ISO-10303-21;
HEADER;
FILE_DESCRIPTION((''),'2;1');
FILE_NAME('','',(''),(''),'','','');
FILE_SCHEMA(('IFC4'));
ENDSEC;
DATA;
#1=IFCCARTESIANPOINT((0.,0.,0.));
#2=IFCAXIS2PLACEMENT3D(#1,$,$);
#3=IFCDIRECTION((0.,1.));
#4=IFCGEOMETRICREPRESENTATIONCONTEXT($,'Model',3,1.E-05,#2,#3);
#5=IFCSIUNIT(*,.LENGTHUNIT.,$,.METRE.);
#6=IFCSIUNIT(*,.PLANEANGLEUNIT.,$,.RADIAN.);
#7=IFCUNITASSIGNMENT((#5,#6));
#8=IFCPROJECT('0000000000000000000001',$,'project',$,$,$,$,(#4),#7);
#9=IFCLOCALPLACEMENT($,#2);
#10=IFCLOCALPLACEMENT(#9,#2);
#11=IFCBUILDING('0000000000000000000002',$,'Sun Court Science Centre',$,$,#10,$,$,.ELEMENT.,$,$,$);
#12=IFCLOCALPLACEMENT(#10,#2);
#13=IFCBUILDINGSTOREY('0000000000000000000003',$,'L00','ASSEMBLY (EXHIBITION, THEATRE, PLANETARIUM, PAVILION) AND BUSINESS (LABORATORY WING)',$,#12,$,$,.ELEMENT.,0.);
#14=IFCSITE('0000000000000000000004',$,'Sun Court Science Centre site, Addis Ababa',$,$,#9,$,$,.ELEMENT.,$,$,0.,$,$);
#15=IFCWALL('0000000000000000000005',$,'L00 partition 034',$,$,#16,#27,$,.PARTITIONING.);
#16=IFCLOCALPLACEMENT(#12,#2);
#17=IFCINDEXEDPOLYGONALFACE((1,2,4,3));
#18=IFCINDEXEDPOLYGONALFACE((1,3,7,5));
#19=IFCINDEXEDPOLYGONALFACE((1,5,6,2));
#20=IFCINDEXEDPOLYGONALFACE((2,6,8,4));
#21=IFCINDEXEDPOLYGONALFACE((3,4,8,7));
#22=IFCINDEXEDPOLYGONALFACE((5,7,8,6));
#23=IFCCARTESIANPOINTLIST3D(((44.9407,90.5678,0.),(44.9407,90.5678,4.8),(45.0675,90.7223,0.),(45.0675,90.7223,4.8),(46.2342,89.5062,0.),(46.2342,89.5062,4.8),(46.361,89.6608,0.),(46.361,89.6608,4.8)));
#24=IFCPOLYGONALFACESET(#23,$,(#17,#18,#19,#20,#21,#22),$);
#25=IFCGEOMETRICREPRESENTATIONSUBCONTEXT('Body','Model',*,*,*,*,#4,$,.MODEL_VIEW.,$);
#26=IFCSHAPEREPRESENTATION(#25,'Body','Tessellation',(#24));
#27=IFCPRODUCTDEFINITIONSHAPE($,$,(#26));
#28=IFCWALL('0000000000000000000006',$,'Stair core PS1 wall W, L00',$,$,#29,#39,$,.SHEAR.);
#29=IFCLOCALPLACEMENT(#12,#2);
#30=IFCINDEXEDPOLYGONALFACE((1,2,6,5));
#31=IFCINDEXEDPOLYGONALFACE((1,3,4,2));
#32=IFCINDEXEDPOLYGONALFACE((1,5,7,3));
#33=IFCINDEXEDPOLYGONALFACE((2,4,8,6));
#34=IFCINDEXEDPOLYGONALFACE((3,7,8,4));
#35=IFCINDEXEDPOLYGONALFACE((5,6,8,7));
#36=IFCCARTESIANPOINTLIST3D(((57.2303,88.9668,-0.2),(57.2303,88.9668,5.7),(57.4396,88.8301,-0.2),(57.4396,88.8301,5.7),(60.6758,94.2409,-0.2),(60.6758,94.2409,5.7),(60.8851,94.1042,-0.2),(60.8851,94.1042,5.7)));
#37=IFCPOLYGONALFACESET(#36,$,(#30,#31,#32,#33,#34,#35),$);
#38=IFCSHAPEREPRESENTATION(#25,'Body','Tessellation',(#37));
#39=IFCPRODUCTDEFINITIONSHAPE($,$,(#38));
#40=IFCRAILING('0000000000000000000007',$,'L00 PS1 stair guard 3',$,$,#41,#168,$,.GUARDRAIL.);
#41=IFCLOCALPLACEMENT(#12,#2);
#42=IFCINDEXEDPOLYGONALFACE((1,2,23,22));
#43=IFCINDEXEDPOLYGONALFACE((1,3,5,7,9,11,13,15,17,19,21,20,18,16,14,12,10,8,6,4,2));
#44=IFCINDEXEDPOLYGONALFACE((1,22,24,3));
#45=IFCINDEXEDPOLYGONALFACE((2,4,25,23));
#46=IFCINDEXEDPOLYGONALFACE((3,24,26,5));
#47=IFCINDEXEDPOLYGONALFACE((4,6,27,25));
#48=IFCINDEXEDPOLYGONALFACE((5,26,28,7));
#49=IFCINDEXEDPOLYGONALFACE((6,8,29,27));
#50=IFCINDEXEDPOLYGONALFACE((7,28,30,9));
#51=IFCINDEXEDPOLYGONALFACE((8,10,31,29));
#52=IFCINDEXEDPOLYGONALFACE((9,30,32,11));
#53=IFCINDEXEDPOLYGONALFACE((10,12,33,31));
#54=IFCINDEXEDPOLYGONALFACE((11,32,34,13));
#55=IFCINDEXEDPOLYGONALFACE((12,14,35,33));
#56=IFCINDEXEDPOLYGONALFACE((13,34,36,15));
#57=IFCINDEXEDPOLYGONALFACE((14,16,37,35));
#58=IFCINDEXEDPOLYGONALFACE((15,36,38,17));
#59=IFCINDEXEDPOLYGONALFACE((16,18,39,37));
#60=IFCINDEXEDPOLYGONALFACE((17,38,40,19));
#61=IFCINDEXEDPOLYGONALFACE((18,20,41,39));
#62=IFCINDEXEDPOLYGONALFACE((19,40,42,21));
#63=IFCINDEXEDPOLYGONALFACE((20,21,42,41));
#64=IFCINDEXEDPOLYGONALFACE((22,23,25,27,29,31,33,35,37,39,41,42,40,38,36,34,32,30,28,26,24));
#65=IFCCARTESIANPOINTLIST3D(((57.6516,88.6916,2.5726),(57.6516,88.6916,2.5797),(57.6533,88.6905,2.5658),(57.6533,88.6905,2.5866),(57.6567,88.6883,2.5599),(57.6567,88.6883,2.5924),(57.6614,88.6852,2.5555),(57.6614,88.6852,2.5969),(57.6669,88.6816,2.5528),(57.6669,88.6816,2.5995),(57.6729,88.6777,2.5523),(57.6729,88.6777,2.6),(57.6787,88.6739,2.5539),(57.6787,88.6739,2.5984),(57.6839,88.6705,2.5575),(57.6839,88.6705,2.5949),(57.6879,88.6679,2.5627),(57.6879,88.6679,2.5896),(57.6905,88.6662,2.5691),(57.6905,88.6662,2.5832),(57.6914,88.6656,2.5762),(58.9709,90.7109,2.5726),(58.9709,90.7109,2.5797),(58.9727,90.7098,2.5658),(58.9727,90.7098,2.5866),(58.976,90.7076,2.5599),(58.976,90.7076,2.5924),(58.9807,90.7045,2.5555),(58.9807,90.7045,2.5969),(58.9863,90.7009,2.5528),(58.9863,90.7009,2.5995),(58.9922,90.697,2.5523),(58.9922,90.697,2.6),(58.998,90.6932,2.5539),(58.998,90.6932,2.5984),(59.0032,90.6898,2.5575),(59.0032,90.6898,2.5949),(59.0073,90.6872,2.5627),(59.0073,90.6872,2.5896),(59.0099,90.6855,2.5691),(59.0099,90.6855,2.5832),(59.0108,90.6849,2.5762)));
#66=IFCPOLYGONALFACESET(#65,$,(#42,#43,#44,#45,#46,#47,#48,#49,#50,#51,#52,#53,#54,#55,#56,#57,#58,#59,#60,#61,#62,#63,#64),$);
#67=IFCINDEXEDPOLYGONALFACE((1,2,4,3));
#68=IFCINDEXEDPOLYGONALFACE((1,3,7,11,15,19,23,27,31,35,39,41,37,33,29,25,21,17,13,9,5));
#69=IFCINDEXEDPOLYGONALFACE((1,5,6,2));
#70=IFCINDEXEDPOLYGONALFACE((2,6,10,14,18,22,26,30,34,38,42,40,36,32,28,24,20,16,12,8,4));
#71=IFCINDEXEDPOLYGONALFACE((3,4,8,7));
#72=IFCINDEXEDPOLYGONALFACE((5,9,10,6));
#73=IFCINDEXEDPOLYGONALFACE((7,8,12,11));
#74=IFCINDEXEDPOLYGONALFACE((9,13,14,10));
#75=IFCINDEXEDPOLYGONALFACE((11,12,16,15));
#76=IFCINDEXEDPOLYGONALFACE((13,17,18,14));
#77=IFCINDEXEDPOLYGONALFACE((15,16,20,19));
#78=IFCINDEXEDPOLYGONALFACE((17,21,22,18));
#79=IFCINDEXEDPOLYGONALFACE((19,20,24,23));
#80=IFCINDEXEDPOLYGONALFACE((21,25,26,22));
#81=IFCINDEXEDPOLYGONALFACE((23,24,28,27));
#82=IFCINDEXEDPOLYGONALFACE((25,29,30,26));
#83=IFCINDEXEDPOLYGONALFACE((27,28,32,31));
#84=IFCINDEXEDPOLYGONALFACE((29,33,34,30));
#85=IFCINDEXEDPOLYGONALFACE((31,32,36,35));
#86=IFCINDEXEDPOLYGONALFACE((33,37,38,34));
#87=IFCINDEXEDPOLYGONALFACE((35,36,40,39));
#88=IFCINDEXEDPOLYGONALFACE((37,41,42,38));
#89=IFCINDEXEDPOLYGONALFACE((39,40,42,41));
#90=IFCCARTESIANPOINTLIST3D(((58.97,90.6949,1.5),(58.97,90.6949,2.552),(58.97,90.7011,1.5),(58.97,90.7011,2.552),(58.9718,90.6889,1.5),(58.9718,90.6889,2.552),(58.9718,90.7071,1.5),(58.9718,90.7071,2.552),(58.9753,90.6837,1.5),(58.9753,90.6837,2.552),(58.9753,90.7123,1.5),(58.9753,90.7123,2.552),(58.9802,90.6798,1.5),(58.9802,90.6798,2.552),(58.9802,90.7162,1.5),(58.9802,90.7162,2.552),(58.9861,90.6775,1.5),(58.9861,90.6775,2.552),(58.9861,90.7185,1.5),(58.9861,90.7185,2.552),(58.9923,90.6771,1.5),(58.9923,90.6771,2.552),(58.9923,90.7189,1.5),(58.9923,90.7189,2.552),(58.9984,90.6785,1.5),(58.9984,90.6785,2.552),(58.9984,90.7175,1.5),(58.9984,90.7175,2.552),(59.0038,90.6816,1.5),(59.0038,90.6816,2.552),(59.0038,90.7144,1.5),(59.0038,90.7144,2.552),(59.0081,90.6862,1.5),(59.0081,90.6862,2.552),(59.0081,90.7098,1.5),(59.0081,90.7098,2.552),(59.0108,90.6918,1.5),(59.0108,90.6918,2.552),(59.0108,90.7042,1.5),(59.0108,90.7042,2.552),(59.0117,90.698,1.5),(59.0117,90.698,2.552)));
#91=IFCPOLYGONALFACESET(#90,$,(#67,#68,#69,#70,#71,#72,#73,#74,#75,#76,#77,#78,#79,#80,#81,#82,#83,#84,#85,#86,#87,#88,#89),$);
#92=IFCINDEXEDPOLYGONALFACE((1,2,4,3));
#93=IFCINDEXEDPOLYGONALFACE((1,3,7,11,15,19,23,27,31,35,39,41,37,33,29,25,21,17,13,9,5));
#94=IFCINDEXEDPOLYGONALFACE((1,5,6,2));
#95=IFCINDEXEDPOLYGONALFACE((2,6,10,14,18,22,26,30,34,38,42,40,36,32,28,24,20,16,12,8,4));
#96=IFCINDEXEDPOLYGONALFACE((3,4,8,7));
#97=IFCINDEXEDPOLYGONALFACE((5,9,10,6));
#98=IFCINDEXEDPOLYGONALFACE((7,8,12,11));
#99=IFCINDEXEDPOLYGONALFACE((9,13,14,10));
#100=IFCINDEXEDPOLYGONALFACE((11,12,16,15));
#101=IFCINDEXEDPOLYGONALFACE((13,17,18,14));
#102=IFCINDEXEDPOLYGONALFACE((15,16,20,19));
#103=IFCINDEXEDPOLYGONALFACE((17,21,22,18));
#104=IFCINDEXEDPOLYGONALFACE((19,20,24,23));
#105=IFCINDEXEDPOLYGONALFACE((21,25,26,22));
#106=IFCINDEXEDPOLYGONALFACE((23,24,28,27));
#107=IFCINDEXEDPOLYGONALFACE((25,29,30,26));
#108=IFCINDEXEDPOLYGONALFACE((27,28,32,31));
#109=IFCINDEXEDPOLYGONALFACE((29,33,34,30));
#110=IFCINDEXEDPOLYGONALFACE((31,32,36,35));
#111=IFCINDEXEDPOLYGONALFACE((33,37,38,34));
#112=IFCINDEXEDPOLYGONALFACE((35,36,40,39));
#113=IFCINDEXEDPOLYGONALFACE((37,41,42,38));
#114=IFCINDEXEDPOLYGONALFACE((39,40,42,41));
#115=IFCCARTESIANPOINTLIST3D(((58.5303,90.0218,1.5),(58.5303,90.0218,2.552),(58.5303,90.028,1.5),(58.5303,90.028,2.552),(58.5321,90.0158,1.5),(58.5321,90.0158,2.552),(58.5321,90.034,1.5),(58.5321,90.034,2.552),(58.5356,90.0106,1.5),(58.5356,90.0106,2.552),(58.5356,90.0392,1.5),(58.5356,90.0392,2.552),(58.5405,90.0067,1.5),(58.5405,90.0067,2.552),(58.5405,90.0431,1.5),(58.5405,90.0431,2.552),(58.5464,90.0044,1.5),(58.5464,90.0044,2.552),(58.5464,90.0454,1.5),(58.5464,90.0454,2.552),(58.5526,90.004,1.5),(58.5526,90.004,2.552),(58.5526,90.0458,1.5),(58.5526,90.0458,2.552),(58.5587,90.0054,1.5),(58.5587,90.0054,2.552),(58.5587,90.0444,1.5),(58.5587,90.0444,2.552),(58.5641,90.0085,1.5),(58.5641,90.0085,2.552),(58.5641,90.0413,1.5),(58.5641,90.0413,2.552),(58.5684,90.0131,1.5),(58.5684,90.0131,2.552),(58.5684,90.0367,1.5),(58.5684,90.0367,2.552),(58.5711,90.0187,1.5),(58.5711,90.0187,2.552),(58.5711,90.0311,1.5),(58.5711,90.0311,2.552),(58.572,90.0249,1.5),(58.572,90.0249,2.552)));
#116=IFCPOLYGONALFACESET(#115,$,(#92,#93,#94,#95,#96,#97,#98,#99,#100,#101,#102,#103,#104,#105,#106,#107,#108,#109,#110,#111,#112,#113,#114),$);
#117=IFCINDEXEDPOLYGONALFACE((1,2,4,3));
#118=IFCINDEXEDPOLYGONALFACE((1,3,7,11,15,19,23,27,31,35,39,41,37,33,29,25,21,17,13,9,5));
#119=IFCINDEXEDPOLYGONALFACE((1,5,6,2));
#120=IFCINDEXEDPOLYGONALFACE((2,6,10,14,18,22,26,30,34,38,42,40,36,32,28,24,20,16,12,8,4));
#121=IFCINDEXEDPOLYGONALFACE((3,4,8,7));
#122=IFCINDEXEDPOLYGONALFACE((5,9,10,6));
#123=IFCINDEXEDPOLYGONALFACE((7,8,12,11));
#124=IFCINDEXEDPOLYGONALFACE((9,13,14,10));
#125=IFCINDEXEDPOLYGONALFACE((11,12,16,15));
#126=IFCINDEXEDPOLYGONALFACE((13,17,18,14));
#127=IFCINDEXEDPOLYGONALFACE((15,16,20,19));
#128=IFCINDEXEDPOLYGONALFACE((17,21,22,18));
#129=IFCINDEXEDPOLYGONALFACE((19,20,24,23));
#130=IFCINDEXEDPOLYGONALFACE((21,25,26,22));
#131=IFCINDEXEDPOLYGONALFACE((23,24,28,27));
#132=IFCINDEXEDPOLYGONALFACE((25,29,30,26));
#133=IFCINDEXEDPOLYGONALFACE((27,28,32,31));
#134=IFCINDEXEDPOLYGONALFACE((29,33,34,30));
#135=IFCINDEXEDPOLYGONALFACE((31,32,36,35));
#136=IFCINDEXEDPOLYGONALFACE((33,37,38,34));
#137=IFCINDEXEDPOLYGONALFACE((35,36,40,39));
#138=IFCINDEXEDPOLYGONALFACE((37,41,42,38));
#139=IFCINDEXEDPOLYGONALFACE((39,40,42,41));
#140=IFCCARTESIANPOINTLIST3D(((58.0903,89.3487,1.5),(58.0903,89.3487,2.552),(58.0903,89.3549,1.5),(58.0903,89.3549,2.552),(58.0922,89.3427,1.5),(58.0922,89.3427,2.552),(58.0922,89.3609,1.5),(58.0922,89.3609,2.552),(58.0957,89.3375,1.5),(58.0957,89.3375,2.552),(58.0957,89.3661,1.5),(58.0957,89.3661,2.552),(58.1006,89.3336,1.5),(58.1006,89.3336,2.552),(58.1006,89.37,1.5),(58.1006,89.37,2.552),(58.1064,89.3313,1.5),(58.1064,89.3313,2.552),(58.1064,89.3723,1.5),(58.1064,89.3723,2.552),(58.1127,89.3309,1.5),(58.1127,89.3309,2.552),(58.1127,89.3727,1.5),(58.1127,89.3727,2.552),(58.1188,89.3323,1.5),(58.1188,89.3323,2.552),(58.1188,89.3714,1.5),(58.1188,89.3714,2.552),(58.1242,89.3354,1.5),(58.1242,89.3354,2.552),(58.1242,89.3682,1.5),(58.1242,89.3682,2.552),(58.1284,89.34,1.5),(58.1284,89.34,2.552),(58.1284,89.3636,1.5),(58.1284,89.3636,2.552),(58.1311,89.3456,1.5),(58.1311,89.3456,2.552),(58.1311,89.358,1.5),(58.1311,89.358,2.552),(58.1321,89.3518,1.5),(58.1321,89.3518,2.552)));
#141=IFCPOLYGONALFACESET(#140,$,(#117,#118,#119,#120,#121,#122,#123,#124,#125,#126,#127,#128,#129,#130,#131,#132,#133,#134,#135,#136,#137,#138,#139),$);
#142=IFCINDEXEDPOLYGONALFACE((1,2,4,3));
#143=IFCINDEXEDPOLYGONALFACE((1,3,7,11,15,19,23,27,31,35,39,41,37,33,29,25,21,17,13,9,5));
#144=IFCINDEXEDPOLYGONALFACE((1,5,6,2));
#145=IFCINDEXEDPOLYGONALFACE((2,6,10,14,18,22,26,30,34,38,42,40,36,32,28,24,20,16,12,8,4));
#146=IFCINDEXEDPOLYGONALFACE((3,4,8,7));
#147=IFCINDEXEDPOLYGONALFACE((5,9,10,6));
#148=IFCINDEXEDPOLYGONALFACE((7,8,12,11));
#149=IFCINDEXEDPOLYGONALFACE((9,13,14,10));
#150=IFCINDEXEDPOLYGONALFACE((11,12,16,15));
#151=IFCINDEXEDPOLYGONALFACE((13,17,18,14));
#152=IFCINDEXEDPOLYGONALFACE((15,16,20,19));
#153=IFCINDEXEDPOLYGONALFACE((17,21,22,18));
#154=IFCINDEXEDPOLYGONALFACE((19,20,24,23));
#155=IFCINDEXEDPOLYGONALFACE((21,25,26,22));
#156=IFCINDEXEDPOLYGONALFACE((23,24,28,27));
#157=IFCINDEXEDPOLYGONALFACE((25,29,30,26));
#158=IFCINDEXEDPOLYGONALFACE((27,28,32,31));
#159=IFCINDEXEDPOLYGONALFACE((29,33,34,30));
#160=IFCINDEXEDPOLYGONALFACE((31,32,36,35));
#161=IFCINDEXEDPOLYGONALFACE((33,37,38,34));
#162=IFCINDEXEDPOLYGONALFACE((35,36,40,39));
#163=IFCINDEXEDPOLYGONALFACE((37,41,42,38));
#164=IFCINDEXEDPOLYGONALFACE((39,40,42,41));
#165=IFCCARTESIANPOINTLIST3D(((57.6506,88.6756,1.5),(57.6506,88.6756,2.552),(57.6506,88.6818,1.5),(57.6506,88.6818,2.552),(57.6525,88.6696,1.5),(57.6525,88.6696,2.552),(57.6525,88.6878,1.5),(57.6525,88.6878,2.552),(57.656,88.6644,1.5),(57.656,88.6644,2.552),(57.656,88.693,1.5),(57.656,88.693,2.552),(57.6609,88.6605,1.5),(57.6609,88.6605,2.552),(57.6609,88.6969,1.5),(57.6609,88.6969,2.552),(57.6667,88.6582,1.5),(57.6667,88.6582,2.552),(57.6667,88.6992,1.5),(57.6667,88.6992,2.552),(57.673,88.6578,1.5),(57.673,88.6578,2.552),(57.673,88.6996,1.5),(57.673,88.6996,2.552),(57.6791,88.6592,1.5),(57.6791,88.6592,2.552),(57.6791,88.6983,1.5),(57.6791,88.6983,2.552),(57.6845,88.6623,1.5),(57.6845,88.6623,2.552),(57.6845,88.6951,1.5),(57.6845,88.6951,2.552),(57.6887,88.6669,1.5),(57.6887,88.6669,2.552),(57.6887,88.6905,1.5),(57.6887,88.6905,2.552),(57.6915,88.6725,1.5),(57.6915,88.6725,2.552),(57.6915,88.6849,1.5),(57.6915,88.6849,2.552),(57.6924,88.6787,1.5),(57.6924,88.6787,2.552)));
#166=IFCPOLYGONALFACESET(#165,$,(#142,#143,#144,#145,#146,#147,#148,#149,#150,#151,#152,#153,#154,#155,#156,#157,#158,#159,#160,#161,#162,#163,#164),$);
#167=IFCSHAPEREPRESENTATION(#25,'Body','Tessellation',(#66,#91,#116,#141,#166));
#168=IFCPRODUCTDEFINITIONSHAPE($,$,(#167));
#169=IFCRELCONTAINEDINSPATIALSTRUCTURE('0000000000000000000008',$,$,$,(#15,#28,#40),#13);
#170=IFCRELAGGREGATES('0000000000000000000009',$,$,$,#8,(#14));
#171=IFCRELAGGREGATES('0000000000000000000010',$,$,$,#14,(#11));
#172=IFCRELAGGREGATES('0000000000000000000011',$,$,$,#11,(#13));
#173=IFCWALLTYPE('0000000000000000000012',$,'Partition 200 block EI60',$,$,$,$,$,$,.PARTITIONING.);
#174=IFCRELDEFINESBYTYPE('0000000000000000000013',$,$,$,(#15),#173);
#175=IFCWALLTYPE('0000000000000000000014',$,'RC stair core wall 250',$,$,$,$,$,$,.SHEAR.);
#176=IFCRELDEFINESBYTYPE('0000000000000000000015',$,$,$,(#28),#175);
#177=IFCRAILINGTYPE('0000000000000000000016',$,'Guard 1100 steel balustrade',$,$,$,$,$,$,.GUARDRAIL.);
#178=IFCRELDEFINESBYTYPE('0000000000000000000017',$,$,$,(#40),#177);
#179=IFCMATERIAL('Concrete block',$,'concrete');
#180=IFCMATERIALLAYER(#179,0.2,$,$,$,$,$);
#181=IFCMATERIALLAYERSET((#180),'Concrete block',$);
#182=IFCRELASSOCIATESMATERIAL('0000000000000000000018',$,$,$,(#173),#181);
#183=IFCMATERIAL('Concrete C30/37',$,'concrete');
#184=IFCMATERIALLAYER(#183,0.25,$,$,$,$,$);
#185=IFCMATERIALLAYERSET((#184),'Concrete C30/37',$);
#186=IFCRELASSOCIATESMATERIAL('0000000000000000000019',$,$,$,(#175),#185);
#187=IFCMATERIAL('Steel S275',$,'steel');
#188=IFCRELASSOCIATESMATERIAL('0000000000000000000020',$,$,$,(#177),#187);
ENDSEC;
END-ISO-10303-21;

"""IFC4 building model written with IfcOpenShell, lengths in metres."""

from ifc_helpers import new_model, si_unit, direction, frame, frame_2d, origin, origin_2d, place, context, subcontext, project, spatial, rectangle, circle, extrude, material, layer, layer_set, type_object, element, save


model = new_model("IFC4")

# Units and contexts
model_context = context("Model", 3, precision=1e-05, world=origin(), true_north=direction((0.0, 1.0)))
body_context = subcontext(model_context, "Body", "Model", "MODEL_VIEW")
ifc_project = project(units=[si_unit("LENGTHUNIT", "METRE"), si_unit("PLANEANGLEUNIT", "RADIAN")], contexts=[model_context])

# Site, building, storey
site_placement = place(None, origin())
site = spatial("IfcSite", under=ifc_project, at=site_placement, Name="Sun Court Science Centre site, Addis Ababa", CompositionType="ELEMENT", RefElevation=0.0)
building_placement = place(site_placement, origin())
building = spatial("IfcBuilding", under=site, at=building_placement, Name="Sun Court Science Centre", CompositionType="ELEMENT")
storey_placement = place(building_placement, origin())
storey = spatial("IfcBuildingStorey", under=building, at=storey_placement, Name="L00", Description="ASSEMBLY (EXHIBITION, THEATRE, PLANETARIUM, PAVILION) AND BUSINESS (LABORATORY WING)", CompositionType="ELEMENT", Elevation=0.0)

# Shared definitions
ifc_material_1 = material(Name="Concrete block", Category="concrete")
ifc_layer_1 = layer(ifc_material_1, 0.2)
ifc_layer_set_1 = layer_set([ifc_layer_1], Name="Concrete block")
wall_type_1 = type_object("IfcWallType", Name="Partition 200 block EI60", PredefinedType="PARTITIONING", material=ifc_layer_set_1)

# Walls
wall_1_placement = place(storey_placement, frame((46.2976, 89.5835, 0.0), z_axis=(0.0, 0.0, 1.0), x_axis=(-0.773007, 0.634397, 0.0)))
element("IfcWall", 1, at=wall_1_placement, inside=storey, type_object=wall_type_1, Name="L00 partition 034", PredefinedType="PARTITIONING", context=body_context, shape_type="SweptSolid", body=[
    extrude(rectangle(XDim=1.6733, YDim=0.2, at=frame_2d((0.8367, 0.0))), origin(), (0.0, 0.0, 1.0), 4.8),
])
ifc_material_2 = material(Name="Concrete C30/37", Category="concrete")
ifc_layer_2 = layer(ifc_material_2, 0.25)
ifc_layer_set_2 = layer_set([ifc_layer_2], Name="Concrete C30/37")
wall_type_2 = type_object("IfcWallType", Name="RC stair core wall 250", PredefinedType="SHEAR", material=ifc_layer_set_2)
wall_2_placement = place(storey_placement, frame((57.335, 88.8984, -0.2), z_axis=(0.0, 0.0, 1.0), x_axis=(0.546923, 0.837183, 0.0)))
element("IfcWall", 2, at=wall_2_placement, inside=storey, type_object=wall_type_2, Name="Stair core PS1 wall W, L00", PredefinedType="SHEAR", context=body_context, shape_type="SweptSolid", body=[
    extrude(rectangle(XDim=6.2998, YDim=0.25, at=frame_2d((3.1499, 0.0))), origin(), (0.0, 0.0, 1.0), 5.8999),
])

# Railing
ifc_material_3 = material(Name="Steel S275", Category="steel")
railing_type_1 = type_object("IfcRailingType", Name="Guard 1100 steel balustrade", PredefinedType="GUARDRAIL", material=ifc_material_3)
for number, where, name in (
    (3, (58.9907, 90.698, 1.5), "L00 PS1 stair guard 3"),
):
    element("IfcRailing", number, at=place(storey_placement, frame(where)), inside=storey, type_object=railing_type_1, Name=name, PredefinedType="GUARDRAIL", context=body_context, shape_type="SweptSolid", body=[
        extrude(circle(Radius=0.0239, at=origin_2d()), frame((0.0, 0.0, 1.0762), z_axis=(-0.546968, -0.837153, 0.0), x_axis=(0.837153, -0.546968, 0.0)), (0.0, 0.0, 1.0), 2.4121),
        extrude(circle(Radius=0.021, at=origin_2d()), origin(), (0.0, 0.0, 1.0), 1.052),
        extrude(circle(Radius=0.021, at=origin_2d()), frame((-0.4397, -0.6731, 0.0)), (0.0, 0.0, 1.0), 1.052),
        extrude(circle(Radius=0.021, at=origin_2d()), frame((-0.8796, -1.3462, 0.0)), (0.0, 0.0, 1.0), 1.052),
        extrude(circle(Radius=0.021, at=origin_2d()), frame((-1.3193, -2.0193, 0.0)), (0.0, 0.0, 1.0), 1.052),
    ])

save(model, "model.ifc")
